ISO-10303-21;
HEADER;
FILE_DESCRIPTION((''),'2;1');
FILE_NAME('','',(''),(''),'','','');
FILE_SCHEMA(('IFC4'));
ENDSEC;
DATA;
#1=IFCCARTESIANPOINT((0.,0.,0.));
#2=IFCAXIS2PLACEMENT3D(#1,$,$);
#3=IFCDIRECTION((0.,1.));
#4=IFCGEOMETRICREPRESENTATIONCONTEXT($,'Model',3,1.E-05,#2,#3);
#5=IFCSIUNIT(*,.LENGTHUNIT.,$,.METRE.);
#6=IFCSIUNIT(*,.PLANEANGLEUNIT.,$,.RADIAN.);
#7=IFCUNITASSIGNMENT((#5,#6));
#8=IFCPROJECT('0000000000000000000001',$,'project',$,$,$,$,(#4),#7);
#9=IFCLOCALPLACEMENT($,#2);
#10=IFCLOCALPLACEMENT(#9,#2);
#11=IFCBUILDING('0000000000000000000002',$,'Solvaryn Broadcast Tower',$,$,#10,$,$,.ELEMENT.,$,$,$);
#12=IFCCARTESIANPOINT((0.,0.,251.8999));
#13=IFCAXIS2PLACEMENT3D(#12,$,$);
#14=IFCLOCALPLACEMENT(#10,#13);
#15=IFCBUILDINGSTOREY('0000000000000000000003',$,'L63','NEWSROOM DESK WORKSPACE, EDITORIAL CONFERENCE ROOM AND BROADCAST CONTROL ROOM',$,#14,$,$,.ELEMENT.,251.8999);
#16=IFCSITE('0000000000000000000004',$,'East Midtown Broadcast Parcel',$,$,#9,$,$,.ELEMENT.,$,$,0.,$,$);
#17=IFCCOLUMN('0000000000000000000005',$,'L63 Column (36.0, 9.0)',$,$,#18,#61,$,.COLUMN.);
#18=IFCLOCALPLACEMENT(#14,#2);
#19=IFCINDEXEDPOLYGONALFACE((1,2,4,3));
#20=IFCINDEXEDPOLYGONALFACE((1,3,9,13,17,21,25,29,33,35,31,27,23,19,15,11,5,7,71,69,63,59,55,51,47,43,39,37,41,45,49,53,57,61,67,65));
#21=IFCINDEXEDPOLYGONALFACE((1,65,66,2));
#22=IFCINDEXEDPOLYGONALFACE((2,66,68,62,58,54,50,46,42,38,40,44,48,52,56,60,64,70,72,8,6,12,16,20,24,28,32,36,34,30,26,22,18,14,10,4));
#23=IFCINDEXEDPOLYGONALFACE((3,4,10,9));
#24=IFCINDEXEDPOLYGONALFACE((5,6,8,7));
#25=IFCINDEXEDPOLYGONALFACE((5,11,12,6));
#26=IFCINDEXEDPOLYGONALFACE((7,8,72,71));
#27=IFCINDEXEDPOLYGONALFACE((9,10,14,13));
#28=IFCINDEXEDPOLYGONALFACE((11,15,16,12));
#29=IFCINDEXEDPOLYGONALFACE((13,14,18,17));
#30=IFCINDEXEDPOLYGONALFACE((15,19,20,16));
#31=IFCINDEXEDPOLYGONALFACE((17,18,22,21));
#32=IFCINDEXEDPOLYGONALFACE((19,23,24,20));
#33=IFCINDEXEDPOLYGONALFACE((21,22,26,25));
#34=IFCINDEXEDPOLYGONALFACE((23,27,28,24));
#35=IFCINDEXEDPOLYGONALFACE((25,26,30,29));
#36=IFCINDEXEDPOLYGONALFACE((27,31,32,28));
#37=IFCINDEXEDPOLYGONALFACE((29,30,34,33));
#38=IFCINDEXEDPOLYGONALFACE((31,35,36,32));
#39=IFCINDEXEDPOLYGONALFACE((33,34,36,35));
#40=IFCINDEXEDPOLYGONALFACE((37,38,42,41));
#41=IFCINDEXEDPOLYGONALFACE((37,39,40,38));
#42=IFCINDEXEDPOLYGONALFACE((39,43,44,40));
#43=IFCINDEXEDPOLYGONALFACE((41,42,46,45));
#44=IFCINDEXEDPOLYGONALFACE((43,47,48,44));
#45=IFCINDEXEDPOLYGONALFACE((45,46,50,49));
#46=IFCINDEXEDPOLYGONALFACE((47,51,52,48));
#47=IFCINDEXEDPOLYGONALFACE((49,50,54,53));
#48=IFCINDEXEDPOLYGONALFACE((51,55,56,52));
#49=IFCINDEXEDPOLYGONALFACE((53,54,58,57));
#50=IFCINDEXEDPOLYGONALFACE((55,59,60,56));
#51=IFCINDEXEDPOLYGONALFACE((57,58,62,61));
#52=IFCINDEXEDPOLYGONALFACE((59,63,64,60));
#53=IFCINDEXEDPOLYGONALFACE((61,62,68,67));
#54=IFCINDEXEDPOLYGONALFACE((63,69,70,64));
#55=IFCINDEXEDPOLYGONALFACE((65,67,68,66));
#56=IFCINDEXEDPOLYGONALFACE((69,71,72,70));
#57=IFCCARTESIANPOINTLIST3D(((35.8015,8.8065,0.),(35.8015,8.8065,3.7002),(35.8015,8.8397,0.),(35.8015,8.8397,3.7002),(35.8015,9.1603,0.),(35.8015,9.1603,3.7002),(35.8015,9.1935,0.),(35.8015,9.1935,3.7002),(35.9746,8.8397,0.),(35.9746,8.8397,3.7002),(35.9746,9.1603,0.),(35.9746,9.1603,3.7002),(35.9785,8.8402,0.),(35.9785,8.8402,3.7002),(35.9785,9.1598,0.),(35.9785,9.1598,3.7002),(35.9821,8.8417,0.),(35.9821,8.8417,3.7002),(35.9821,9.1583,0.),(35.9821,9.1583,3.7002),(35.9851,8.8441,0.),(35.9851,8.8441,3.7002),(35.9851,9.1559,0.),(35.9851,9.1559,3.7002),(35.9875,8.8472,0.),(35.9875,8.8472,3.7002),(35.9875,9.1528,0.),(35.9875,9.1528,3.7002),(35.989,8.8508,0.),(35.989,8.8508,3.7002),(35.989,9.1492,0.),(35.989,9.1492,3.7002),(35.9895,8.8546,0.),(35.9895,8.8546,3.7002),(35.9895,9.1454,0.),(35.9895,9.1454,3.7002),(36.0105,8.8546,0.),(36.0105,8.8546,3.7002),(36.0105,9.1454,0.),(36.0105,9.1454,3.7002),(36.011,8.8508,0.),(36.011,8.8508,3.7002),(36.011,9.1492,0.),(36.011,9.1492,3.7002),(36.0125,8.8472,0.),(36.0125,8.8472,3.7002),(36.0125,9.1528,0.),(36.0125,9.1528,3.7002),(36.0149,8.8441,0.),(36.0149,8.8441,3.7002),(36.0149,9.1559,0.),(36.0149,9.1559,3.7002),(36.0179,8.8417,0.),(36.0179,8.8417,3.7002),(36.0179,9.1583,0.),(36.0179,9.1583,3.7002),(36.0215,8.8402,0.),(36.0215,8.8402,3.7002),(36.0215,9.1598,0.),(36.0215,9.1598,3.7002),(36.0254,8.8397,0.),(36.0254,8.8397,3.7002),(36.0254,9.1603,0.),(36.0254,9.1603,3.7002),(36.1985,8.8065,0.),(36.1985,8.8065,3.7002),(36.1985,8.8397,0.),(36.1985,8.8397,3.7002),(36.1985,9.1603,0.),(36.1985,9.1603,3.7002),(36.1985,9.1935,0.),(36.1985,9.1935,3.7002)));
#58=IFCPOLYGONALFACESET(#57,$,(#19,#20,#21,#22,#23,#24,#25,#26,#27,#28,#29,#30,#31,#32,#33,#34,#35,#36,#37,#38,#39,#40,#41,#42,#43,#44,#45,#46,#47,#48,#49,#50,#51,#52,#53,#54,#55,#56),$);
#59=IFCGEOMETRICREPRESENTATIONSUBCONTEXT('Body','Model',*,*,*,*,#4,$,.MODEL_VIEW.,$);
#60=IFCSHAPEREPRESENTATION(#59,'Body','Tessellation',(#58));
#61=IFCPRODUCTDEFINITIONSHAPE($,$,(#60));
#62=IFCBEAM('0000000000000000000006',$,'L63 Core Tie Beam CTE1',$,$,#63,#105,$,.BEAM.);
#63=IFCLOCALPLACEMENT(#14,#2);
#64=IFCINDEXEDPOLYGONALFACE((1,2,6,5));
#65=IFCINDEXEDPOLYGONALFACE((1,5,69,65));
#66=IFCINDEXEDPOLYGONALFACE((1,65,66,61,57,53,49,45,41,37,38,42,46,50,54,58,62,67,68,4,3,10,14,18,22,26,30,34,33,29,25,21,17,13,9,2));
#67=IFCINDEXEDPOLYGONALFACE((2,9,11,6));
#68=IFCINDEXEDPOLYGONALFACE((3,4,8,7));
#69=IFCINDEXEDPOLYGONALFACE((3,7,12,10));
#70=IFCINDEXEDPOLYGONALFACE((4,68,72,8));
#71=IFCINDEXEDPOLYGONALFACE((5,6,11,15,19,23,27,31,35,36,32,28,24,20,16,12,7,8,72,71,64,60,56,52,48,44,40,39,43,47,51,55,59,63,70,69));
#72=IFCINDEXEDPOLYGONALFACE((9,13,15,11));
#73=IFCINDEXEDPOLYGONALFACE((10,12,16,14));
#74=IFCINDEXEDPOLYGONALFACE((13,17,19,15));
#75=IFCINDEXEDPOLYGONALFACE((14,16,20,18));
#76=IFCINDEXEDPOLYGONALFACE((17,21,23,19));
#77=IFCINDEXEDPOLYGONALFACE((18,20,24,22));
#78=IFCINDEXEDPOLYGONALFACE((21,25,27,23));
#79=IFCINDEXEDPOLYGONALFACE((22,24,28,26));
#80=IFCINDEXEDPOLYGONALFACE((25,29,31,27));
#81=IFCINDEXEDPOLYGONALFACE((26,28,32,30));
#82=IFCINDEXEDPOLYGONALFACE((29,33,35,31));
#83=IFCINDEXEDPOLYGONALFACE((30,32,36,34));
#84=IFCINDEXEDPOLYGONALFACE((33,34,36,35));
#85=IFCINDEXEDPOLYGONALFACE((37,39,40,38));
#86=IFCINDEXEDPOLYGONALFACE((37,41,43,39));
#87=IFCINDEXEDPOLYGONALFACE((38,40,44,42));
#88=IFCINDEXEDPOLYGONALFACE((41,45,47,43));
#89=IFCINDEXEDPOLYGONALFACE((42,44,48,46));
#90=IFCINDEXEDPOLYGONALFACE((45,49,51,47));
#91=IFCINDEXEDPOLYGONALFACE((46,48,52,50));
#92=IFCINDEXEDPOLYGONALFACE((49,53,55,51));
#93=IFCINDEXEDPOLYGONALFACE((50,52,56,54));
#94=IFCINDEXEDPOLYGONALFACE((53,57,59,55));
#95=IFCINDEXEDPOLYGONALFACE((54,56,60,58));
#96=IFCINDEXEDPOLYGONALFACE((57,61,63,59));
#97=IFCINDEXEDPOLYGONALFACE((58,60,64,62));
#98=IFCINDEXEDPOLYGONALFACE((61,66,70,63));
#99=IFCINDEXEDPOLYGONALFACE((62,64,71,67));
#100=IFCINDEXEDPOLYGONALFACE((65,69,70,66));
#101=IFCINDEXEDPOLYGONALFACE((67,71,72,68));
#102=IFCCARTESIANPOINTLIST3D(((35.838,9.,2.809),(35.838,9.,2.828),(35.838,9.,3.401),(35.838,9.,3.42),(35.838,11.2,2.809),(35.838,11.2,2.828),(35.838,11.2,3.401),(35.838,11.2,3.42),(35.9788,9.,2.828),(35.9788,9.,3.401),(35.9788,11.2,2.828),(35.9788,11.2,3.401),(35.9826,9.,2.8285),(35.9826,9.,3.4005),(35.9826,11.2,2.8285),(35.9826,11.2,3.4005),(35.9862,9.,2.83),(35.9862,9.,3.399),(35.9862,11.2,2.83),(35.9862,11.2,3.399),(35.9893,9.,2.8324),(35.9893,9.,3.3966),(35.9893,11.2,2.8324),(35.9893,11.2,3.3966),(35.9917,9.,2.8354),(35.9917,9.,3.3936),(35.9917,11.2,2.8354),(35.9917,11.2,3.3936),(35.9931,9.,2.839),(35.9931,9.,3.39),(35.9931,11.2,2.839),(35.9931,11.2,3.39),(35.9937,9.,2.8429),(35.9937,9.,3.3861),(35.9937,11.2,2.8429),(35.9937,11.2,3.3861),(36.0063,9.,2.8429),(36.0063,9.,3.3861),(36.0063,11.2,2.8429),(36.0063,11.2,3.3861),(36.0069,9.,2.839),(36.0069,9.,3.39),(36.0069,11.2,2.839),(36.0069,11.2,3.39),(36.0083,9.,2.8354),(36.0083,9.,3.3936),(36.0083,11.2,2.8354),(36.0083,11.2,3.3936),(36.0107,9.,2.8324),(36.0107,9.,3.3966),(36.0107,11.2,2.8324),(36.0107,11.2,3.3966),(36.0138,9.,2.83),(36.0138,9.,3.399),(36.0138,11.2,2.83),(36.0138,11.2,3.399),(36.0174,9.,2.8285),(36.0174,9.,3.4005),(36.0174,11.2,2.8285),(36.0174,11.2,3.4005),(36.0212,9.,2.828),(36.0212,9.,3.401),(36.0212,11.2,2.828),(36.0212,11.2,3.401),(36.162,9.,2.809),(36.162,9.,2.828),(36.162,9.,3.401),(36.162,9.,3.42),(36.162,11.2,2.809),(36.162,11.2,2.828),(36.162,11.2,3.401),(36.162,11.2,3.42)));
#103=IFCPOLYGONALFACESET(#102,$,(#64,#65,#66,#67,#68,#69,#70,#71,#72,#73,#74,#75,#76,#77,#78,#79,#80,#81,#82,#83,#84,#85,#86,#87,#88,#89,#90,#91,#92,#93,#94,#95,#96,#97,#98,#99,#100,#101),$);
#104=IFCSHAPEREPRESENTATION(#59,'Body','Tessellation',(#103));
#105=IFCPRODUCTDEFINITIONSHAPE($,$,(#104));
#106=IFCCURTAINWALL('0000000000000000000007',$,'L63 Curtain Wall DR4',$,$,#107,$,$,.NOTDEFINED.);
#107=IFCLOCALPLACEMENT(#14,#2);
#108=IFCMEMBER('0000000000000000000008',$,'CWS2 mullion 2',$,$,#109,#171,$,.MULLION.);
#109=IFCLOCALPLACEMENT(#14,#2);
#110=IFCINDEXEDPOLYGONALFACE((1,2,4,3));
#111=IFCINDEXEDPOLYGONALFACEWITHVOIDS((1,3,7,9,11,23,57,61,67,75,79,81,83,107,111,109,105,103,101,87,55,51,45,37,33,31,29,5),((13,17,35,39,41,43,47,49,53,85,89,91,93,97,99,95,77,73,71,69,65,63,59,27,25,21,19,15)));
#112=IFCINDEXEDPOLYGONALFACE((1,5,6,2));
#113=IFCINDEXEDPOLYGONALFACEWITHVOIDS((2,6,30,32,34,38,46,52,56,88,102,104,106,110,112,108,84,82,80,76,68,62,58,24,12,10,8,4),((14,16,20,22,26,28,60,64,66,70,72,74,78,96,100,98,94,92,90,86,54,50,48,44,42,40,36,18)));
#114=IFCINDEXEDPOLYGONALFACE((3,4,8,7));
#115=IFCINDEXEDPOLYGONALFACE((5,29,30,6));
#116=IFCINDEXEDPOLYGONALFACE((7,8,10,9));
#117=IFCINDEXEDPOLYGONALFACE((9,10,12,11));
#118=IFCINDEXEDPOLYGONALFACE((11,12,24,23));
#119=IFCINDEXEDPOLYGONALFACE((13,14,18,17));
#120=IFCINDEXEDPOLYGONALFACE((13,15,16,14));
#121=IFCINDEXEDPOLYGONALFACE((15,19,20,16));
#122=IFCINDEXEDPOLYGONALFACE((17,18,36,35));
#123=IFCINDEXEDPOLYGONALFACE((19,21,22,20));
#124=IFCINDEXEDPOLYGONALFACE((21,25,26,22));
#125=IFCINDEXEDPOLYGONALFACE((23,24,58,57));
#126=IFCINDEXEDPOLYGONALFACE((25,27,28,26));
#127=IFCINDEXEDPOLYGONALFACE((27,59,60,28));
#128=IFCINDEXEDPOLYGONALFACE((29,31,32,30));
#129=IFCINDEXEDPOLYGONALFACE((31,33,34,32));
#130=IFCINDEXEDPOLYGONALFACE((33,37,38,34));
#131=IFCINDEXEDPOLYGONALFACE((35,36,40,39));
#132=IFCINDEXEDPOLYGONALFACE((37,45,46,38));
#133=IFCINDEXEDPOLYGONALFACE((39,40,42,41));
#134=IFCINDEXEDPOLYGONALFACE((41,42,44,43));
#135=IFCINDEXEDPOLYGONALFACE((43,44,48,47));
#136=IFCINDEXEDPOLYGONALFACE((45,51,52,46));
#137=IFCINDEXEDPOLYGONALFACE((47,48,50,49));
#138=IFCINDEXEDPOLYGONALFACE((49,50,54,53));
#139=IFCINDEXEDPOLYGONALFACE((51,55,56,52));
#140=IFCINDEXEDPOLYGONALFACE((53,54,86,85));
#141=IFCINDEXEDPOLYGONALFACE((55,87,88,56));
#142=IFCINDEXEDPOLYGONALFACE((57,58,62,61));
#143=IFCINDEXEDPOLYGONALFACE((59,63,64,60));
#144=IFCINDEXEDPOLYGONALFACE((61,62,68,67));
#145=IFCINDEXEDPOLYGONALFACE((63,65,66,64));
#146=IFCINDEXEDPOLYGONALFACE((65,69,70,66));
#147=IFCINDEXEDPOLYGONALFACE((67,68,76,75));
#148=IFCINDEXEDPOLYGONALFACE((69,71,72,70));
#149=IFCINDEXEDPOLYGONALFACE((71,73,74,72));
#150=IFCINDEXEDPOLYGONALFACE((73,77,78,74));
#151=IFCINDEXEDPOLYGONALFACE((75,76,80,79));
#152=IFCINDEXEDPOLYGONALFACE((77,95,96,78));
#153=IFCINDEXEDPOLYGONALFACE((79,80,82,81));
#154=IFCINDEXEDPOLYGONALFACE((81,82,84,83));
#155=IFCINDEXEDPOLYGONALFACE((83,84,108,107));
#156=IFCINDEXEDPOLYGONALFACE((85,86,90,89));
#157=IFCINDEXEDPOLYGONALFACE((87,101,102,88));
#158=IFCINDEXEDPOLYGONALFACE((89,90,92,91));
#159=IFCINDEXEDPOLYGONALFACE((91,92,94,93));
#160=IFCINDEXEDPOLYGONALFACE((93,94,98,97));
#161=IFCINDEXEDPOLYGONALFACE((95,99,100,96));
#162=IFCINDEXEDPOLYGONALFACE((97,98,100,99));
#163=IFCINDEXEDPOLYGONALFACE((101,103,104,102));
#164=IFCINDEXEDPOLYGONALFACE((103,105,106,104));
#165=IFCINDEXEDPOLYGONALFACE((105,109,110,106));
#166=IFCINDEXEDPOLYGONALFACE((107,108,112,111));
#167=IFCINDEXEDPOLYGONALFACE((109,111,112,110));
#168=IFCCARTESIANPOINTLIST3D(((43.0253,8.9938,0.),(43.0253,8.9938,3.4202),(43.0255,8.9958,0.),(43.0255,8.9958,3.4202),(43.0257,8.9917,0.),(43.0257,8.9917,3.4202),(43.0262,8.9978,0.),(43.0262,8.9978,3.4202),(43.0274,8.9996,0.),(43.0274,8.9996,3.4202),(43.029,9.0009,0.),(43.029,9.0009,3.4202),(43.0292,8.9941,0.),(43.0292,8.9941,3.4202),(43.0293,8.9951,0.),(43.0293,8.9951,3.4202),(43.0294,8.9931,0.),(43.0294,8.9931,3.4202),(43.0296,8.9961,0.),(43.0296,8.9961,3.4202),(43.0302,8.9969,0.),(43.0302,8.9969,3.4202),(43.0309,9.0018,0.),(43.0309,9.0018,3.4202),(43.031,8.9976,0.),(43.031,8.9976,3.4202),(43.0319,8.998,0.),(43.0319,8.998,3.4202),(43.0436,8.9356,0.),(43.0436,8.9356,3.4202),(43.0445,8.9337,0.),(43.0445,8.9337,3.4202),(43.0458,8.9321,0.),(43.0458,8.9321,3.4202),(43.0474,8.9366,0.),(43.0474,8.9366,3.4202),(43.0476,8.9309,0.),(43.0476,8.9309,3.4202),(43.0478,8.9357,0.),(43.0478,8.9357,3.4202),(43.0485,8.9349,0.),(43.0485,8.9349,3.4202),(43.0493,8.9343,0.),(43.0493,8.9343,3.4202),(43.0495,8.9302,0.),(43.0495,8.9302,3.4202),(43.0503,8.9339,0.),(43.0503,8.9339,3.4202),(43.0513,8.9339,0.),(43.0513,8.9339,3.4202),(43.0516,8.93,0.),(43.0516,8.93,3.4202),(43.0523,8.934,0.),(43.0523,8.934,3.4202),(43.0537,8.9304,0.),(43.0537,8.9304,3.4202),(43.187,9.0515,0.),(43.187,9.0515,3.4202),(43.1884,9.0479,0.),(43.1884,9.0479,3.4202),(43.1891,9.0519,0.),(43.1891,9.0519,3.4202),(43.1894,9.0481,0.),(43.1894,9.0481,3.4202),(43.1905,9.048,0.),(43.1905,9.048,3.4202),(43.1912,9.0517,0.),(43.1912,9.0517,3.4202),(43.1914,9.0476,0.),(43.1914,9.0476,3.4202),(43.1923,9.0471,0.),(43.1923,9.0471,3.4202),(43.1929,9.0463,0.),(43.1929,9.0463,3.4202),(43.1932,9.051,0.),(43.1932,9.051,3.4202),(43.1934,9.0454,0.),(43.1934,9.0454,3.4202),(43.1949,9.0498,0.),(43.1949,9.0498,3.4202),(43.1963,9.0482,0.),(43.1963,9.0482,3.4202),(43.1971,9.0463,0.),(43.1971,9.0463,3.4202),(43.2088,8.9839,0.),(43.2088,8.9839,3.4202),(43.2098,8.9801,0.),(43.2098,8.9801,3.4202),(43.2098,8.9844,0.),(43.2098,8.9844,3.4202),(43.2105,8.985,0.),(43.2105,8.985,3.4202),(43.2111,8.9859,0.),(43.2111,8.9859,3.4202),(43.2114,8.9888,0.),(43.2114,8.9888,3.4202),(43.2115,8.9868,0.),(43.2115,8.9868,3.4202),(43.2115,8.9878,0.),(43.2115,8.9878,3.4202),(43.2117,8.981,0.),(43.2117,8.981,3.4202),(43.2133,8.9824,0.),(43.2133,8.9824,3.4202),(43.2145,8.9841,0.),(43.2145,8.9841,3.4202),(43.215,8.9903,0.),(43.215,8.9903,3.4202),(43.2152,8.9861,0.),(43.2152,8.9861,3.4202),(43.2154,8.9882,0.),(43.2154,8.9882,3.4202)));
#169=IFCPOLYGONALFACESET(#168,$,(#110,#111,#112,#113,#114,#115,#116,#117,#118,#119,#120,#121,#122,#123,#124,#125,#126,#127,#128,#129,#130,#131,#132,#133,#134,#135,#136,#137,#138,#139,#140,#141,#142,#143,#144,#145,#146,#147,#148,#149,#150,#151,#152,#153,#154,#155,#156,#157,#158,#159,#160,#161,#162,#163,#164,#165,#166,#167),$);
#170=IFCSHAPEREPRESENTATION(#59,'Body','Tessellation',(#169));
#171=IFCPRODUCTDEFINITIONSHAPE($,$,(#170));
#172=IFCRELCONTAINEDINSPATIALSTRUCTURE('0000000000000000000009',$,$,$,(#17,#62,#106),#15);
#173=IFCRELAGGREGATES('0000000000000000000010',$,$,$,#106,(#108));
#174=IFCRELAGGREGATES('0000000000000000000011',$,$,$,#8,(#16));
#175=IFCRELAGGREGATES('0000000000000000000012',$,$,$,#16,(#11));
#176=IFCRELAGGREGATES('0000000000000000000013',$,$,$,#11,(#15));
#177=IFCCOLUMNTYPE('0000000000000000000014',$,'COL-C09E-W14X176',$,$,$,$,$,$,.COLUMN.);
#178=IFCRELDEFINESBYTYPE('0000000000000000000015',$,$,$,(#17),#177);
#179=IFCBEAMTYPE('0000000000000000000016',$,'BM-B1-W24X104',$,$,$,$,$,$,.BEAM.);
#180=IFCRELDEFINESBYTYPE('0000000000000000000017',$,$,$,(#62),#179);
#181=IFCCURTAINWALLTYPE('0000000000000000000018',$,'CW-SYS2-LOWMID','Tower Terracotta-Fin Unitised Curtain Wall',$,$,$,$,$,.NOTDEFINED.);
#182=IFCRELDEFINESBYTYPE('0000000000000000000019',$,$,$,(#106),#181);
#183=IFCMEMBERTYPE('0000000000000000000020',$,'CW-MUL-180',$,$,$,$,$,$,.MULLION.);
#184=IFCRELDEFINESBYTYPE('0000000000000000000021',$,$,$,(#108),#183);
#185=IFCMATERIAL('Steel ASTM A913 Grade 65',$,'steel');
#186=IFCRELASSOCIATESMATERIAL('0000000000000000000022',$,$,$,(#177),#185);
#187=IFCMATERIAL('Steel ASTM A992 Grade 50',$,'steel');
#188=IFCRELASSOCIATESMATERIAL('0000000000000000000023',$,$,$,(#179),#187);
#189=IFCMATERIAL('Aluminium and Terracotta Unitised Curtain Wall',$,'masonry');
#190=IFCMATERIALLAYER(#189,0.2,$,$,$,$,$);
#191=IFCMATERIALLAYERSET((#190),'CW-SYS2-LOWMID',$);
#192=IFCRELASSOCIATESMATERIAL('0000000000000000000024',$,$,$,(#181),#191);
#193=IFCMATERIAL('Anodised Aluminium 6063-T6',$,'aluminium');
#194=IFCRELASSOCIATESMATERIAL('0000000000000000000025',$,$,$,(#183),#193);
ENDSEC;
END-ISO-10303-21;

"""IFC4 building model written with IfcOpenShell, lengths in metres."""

from ifc_helpers import new_model, si_unit, direction, frame, origin, origin_2d, place, context, subcontext, project, spatial, hollow_rectangle, i_section, extrude, material, layer, layer_set, material_profile, profile_set, type_object, element, aggregate, save


model = new_model("IFC4")

# Units and contexts
model_context = context("Model", 3, precision=1e-05, world=origin(), true_north=direction((0.0, 1.0)))
body_context = subcontext(model_context, "Body", "Model", "MODEL_VIEW")
ifc_project = project(units=[si_unit("LENGTHUNIT", "METRE"), si_unit("PLANEANGLEUNIT", "RADIAN")], contexts=[model_context])

# Site, building, storey
site_placement = place(None, origin())
site = spatial("IfcSite", under=ifc_project, at=site_placement, Name="East Midtown Broadcast Parcel", CompositionType="ELEMENT", RefElevation=0.0)
building_placement = place(site_placement, origin())
building = spatial("IfcBuilding", under=site, at=building_placement, Name="Solvaryn Broadcast Tower", CompositionType="ELEMENT")
storey_placement = place(building_placement, frame((0.0, 0.0, 251.8999)))
storey = spatial("IfcBuildingStorey", under=building, at=storey_placement, Name="L63", Description="NEWSROOM DESK WORKSPACE, EDITORIAL CONFERENCE ROOM AND BROADCAST CONTROL ROOM", CompositionType="ELEMENT", Elevation=251.8999)

# Column
ifc_material_1 = material(Name="Steel ASTM A913 Grade 65", Category="steel")
ifc_material_profile_1 = material_profile(ifc_material_1, i_section(OverallWidth=0.397, OverallDepth=0.387, WebThickness=0.021, FlangeThickness=0.0332, FilletRadius=0.0149, at=origin_2d()))
ifc_profile_set_1 = profile_set([ifc_material_profile_1], Name="Steel ASTM A913 Grade 65")
column_type = type_object("IfcColumnType", Name="COL-C09E-W14X176", PredefinedType="COLUMN", material=ifc_profile_set_1)
column_placement = place(storey_placement, frame((36.0, 9.0, 0.0), z_axis=(0.0, 0.0, 1.0), x_axis=(1.0, 0.0, 0.0)))
element("IfcColumn", 1, at=column_placement, inside=storey, type_object=column_type, Name="L63 Column (36.0, 9.0)", PredefinedType="COLUMN", context=body_context, shape_type="SweptSolid", body=[
    extrude(i_section(OverallWidth=0.397, OverallDepth=0.387, WebThickness=0.021, FlangeThickness=0.0332, FilletRadius=0.0149, at=origin_2d()), origin(), (0.0, 0.0, 1.0), 3.7002),
])

# Beam
ifc_material_2 = material(Name="Steel ASTM A992 Grade 50", Category="steel")
ifc_material_profile_2 = material_profile(ifc_material_2, i_section(OverallWidth=0.324, OverallDepth=0.6111, WebThickness=0.0127, FlangeThickness=0.019, FilletRadius=0.0149, at=origin_2d()))
ifc_profile_set_2 = profile_set([ifc_material_profile_2], Name="Steel ASTM A992 Grade 50")
beam_type = type_object("IfcBeamType", Name="BM-B1-W24X104", PredefinedType="BEAM", material=ifc_profile_set_2)
beam_placement = place(storey_placement, frame((36.0, 9.0, 3.1145), z_axis=(0.0, 1.0, 0.0), x_axis=(-1.0, 0.0, 0.0)))
element("IfcBeam", 2, at=beam_placement, inside=storey, type_object=beam_type, Name="L63 Core Tie Beam CTE1", PredefinedType="BEAM", context=body_context, shape_type="SweptSolid", body=[
    extrude(i_section(OverallWidth=0.324, OverallDepth=0.6111, WebThickness=0.0127, FlangeThickness=0.019, FilletRadius=0.0149, at=origin_2d()), origin(), (0.0, 0.0, 1.0), 2.2),
])

# Curtain wall, member
ifc_material_3 = material(Name="Aluminium and Terracotta Unitised Curtain Wall", Category="masonry")
ifc_layer_1 = layer(ifc_material_3, 0.2)
ifc_layer_set_1 = layer_set([ifc_layer_1], Name="CW-SYS2-LOWMID")
curtain_wall_type = type_object("IfcCurtainWallType", Name="CW-SYS2-LOWMID", Description="Tower Terracotta-Fin Unitised Curtain Wall", PredefinedType="NOTDEFINED", material=ifc_layer_set_1)
curtain_wall_1_placement = place(storey_placement, origin())
curtain_wall_1 = element("IfcCurtainWall", 3, at=curtain_wall_1_placement, inside=storey, type_object=curtain_wall_type, Name="L63 Curtain Wall DR4", PredefinedType="NOTDEFINED")
ifc_material_4 = material(Name="Anodised Aluminium 6063-T6", Category="aluminium")
ifc_material_profile_3 = material_profile(ifc_material_4, hollow_rectangle(XDim=0.075, YDim=0.1799, WallThickness=0.0039, InnerFilletRadius=0.0039, OuterFilletRadius=0.0081, at=origin_2d()))
ifc_profile_set_3 = profile_set([ifc_material_profile_3], Name="Anodised Aluminium 6063-T6")
member_type = type_object("IfcMemberType", Name="CW-MUL-180", PredefinedType="MULLION", material=ifc_profile_set_3)
member_1_placement = place(storey_placement, frame((43.1204, 8.991, 0.0), z_axis=(0.0, 0.0, 1.0), x_axis=(-0.303616, 0.952795, 0.0)))
member_1 = element("IfcMember", 4, at=member_1_placement, type_object=member_type, Name="CWS2 mullion 2", PredefinedType="MULLION", context=body_context, shape_type="SweptSolid", body=[
    extrude(hollow_rectangle(XDim=0.075, YDim=0.1799, WallThickness=0.0039, InnerFilletRadius=0.0039, OuterFilletRadius=0.0081, at=origin_2d()), origin(), (0.0, 0.0, 1.0), 3.4202),
])

aggregate(curtain_wall_1, [member_1])

save(model, "model.ifc")
